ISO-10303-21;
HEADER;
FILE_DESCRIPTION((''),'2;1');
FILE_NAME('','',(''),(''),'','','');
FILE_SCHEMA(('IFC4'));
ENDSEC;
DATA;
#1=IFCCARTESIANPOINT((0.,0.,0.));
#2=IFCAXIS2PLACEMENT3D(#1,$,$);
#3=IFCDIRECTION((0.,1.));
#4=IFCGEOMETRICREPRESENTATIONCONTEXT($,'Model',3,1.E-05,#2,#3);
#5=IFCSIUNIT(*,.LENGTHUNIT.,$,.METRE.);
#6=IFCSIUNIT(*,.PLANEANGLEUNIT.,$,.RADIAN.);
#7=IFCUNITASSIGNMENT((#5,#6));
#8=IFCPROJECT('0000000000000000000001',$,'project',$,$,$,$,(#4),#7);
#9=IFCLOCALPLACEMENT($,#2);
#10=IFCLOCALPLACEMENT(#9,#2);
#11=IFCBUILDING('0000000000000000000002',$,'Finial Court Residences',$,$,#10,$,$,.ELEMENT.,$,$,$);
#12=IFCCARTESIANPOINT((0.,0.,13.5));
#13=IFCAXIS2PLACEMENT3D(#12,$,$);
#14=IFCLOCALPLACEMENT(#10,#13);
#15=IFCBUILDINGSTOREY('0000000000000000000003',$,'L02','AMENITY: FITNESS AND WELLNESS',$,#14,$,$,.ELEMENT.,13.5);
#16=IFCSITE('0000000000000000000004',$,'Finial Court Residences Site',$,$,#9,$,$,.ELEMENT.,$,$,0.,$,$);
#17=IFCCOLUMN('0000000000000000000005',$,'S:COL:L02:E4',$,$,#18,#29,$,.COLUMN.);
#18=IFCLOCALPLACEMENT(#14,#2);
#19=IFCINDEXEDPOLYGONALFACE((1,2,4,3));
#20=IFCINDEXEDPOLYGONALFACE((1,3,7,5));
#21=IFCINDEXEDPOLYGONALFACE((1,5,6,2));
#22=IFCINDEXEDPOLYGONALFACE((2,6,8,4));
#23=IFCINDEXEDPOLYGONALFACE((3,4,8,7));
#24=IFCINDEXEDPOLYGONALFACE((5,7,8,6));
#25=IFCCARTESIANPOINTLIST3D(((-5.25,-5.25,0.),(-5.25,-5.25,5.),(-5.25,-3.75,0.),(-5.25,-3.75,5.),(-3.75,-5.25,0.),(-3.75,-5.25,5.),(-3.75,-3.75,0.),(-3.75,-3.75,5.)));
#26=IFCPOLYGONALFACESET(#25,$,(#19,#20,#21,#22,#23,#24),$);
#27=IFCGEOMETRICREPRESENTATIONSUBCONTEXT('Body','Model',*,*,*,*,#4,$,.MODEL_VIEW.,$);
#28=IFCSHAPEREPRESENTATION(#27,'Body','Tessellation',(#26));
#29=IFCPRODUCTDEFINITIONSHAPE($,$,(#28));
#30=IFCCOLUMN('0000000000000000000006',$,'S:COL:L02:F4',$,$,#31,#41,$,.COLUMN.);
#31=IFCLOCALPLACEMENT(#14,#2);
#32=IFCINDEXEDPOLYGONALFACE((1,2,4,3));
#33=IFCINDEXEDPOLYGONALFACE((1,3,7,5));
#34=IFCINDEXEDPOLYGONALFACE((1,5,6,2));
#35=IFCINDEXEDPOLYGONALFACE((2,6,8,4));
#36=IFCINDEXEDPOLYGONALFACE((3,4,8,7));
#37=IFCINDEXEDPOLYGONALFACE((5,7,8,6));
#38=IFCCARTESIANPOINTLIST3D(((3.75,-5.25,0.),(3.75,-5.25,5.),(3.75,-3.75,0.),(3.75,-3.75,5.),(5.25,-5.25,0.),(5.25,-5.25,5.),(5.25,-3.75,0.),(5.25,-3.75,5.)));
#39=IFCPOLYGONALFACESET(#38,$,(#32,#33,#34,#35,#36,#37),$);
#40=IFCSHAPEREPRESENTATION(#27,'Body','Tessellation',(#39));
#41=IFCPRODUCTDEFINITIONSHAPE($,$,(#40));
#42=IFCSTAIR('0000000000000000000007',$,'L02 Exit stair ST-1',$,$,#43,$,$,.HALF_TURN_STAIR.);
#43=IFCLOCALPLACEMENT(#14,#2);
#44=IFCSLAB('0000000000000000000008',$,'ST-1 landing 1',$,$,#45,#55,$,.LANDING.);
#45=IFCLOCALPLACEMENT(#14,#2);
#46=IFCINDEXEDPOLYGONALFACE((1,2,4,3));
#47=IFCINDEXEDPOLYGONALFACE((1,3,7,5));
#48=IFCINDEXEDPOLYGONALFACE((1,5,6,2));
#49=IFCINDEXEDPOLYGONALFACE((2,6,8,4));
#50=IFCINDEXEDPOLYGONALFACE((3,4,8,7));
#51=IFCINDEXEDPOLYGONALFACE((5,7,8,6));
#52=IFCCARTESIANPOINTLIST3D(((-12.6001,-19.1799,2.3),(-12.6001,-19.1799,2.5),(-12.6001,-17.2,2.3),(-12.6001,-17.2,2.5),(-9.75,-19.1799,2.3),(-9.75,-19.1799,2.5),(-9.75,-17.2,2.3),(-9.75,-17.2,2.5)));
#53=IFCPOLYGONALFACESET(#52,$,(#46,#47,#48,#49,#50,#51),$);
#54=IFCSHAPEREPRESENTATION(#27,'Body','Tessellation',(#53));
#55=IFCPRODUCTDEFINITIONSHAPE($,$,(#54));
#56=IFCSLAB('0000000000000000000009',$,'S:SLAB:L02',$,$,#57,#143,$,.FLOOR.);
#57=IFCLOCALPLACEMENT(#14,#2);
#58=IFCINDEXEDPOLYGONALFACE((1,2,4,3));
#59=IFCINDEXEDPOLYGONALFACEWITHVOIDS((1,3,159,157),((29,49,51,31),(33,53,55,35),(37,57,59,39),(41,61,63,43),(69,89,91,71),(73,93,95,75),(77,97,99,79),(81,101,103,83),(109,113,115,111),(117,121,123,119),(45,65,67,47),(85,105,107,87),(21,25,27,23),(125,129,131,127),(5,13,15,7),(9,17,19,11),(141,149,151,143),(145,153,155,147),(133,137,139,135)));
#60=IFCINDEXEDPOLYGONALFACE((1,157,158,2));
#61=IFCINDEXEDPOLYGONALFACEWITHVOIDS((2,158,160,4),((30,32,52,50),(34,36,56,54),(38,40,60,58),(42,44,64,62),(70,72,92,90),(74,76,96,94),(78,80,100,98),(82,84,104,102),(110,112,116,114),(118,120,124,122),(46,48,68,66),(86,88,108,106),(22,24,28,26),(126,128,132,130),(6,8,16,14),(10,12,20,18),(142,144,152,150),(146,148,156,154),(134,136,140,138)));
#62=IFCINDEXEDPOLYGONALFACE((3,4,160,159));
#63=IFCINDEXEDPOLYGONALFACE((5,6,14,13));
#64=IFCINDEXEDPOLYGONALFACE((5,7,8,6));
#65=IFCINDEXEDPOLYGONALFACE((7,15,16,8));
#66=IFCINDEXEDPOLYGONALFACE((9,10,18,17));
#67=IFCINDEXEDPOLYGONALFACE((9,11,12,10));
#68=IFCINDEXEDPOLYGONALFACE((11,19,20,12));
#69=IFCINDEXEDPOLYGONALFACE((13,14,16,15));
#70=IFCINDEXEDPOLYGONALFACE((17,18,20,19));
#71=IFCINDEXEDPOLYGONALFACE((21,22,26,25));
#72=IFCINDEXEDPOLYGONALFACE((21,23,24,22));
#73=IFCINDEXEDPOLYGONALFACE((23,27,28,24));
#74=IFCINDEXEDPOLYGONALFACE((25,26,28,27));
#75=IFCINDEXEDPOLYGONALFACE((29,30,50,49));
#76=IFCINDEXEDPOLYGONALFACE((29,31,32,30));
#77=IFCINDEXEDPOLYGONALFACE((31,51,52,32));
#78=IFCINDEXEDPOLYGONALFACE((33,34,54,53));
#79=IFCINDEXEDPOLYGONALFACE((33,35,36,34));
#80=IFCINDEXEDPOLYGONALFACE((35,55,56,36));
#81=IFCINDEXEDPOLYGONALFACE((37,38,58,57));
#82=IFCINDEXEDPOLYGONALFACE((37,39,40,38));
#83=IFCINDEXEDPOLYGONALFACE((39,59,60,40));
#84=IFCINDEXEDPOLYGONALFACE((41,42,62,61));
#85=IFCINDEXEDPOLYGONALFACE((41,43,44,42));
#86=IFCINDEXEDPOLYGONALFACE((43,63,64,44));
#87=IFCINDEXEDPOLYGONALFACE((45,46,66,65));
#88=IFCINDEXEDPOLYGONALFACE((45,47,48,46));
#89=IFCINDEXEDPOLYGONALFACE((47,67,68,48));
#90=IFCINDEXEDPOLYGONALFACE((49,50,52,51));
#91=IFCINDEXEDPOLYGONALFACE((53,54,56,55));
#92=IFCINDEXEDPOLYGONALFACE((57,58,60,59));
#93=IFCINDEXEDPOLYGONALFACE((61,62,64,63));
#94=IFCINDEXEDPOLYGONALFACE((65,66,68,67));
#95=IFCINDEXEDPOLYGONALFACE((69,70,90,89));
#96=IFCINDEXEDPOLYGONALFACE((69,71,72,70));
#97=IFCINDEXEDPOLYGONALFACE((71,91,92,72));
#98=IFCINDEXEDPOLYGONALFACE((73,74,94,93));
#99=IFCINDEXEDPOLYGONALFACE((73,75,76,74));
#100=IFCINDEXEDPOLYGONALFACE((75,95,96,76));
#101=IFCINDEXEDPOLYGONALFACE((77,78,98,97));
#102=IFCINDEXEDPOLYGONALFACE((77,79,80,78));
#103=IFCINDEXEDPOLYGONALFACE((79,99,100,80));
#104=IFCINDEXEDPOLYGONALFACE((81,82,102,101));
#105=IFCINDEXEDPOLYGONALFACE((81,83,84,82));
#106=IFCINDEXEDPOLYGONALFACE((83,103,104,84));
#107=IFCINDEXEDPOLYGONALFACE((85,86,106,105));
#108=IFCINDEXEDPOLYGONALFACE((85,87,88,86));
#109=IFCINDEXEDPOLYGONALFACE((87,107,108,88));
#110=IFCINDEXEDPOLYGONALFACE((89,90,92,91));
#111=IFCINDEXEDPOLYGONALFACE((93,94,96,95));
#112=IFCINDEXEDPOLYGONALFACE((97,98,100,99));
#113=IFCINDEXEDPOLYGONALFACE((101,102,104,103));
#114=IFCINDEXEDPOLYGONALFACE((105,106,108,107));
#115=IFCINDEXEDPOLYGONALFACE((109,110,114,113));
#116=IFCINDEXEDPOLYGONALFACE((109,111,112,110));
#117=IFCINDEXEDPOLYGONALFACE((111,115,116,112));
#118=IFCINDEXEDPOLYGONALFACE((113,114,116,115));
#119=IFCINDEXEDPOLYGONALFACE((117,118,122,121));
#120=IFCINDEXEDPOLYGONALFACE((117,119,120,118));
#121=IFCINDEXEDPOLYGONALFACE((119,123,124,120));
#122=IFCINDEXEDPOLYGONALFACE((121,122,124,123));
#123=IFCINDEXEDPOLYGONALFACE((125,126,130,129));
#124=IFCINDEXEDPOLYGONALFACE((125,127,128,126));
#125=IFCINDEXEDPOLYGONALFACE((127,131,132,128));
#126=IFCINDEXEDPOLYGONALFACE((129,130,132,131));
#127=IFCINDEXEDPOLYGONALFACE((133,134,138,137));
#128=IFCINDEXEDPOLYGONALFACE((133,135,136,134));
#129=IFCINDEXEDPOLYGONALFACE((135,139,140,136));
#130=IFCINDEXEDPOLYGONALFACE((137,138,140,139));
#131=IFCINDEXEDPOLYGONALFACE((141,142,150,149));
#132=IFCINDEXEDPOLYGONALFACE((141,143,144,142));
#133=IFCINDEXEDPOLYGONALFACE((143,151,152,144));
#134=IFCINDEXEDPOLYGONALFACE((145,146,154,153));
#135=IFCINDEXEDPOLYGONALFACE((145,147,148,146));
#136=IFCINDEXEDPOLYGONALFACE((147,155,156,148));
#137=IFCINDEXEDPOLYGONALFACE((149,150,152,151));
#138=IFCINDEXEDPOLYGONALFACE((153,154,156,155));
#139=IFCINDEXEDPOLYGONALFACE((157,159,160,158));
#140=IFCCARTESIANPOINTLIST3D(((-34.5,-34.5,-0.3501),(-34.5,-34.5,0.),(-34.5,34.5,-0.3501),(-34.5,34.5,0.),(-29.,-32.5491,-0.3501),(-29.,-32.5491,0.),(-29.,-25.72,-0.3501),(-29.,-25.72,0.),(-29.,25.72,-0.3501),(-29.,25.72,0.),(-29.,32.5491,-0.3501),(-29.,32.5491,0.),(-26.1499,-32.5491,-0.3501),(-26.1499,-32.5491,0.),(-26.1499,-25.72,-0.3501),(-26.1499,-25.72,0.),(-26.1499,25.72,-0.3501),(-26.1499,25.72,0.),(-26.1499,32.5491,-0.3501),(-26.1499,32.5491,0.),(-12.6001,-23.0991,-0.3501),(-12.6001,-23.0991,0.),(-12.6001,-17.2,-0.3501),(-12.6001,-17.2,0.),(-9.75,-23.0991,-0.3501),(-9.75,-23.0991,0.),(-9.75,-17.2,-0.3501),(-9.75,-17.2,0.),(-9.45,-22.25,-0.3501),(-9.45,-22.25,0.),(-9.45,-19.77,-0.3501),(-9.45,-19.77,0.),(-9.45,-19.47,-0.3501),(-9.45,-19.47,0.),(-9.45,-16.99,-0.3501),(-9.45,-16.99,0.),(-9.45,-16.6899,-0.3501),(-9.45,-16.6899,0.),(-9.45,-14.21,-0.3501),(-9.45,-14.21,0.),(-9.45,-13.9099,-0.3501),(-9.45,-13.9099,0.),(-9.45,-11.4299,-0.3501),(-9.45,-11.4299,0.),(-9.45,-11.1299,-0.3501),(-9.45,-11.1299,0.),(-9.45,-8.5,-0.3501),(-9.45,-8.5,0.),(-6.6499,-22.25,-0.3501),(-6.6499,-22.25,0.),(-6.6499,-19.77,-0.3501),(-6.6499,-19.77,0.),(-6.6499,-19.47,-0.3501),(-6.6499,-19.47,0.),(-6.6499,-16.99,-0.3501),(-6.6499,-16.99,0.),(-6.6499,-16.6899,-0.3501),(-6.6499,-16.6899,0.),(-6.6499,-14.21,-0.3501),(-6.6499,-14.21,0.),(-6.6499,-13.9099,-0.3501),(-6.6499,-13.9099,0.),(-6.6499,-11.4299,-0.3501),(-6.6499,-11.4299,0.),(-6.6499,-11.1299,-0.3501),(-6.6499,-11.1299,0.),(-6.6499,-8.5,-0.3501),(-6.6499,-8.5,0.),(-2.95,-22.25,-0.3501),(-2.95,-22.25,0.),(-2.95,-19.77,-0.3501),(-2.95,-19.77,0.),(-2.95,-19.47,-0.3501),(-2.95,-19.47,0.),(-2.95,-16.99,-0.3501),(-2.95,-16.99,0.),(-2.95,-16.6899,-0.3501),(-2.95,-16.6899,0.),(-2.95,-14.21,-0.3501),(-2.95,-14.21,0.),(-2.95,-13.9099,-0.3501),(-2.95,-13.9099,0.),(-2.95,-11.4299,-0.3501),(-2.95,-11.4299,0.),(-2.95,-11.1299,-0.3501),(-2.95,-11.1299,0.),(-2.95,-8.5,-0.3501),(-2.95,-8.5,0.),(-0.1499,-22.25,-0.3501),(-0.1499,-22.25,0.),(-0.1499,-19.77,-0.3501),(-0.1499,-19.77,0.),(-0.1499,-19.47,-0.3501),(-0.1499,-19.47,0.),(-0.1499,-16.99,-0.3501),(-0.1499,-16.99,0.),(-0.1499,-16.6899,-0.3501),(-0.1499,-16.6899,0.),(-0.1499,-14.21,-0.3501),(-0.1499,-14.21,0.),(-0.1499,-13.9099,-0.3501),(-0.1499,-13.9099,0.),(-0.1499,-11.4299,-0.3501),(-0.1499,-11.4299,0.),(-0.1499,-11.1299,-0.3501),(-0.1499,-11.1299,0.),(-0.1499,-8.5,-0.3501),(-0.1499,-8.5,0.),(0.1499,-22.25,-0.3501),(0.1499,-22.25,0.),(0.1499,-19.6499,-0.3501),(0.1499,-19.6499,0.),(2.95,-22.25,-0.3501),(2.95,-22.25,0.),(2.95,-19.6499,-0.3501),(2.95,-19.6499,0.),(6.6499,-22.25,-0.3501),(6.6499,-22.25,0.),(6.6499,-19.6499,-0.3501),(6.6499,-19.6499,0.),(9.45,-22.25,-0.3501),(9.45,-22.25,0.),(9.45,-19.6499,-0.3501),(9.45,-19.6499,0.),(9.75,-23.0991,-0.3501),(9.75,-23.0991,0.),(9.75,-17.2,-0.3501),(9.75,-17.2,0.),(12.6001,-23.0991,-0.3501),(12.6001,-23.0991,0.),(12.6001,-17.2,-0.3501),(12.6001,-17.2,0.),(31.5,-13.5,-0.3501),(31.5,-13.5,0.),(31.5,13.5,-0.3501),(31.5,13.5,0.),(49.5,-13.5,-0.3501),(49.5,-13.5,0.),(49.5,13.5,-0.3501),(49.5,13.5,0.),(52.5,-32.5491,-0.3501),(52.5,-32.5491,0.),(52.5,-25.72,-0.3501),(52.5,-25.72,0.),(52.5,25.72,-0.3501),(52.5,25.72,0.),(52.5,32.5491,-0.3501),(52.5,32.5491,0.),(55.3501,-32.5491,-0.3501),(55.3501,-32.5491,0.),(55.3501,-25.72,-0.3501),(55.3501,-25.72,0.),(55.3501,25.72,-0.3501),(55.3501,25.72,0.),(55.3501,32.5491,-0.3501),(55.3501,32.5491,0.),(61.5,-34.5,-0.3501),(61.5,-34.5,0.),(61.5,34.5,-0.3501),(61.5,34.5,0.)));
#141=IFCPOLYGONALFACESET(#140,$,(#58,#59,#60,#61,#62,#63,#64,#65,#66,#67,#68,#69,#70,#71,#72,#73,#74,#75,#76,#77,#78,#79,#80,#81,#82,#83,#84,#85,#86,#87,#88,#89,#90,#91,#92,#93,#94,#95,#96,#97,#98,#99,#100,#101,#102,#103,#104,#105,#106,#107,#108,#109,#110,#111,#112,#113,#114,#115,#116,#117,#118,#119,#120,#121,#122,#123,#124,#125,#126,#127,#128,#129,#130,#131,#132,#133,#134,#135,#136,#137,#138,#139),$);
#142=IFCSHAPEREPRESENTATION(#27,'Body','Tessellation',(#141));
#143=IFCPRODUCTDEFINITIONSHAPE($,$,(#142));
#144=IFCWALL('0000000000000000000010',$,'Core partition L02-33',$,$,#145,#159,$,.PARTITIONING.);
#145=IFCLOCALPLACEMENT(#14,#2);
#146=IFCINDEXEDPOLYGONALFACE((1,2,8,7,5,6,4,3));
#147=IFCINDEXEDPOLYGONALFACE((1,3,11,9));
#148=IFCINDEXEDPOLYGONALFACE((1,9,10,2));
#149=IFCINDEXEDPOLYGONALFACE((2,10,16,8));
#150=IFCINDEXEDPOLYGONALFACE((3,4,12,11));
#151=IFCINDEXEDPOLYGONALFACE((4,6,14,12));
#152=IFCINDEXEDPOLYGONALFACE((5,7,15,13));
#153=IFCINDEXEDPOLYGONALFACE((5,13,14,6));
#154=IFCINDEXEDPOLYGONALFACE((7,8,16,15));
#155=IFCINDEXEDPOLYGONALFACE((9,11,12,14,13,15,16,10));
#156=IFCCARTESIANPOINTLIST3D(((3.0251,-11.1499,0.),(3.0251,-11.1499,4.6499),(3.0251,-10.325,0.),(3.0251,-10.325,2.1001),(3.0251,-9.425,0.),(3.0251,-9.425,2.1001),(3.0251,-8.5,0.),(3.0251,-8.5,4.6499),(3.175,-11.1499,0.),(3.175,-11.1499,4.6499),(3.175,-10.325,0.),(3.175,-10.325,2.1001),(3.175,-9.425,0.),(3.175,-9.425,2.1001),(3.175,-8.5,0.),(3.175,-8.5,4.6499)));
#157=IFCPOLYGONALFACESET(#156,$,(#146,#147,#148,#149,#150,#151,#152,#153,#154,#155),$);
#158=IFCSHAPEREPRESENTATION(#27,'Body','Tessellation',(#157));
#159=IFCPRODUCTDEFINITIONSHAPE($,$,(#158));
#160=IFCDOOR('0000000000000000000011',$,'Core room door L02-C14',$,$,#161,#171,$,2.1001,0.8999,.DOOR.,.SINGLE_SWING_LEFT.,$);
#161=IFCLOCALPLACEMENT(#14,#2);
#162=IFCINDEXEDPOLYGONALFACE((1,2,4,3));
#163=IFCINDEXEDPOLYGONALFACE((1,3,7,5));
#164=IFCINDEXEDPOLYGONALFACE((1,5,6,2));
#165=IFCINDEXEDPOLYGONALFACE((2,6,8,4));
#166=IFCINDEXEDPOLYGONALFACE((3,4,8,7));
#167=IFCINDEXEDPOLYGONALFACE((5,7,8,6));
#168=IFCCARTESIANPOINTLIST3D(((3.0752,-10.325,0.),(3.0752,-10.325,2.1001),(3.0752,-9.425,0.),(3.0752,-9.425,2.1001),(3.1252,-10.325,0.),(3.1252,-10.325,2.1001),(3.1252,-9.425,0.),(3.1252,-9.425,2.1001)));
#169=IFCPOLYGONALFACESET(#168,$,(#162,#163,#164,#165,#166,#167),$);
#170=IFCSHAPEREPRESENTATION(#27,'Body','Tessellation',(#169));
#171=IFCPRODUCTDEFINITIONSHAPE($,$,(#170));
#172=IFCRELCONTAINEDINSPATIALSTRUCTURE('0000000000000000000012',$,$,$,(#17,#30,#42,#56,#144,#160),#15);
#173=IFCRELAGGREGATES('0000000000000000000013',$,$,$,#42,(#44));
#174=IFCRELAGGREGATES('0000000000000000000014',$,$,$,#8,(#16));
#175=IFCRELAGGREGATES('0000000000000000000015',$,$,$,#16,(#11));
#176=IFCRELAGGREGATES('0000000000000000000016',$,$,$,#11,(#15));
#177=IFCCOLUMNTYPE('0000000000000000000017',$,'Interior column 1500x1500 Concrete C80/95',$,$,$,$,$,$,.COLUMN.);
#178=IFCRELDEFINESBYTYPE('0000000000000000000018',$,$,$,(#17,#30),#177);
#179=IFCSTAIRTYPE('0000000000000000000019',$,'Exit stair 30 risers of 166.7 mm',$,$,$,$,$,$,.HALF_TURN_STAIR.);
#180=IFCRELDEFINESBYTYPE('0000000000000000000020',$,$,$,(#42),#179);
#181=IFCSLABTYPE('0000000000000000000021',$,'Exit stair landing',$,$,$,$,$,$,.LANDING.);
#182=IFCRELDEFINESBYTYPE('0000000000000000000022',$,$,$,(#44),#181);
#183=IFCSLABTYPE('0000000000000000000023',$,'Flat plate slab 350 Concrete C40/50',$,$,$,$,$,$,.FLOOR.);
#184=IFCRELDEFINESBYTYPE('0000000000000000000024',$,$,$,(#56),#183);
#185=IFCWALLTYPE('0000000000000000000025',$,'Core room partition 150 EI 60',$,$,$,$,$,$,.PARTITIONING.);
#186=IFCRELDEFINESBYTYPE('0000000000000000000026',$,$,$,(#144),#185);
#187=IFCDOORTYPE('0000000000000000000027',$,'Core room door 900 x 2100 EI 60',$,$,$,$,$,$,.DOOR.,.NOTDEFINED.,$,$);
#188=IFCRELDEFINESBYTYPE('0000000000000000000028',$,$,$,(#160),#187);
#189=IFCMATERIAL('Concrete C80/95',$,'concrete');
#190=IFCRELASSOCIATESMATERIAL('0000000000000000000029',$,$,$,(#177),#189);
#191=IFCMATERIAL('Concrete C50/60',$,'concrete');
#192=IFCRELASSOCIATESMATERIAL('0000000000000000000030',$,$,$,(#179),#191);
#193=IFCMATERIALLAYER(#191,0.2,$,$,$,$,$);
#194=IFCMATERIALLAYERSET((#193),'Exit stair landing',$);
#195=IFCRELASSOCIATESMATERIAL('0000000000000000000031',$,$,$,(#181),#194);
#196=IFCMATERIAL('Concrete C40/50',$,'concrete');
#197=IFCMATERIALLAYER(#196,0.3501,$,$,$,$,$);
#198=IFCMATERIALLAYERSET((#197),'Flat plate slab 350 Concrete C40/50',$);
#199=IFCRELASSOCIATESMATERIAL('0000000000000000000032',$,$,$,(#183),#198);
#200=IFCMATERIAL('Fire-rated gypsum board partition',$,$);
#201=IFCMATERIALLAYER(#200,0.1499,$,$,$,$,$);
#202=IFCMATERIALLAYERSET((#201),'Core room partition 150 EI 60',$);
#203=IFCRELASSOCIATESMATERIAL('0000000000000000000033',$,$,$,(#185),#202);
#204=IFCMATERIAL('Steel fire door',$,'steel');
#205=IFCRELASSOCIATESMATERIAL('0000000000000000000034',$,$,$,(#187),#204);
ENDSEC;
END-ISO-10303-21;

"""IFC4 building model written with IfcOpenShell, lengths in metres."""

from ifc_helpers import new_model, si_unit, direction, frame, frame_2d, origin, origin_2d, place, context, subcontext, project, spatial, polyline, rectangle, outline, extrude, material, layer, layer_set, material_profile, profile_set, type_object, element, fill, aggregate, save


model = new_model("IFC4")

# Units and contexts
model_context = context("Model", 3, precision=1e-05, world=origin(), true_north=direction((0.0, 1.0)))
body_context = subcontext(model_context, "Body", "Model", "MODEL_VIEW")
ifc_project = project(units=[si_unit("LENGTHUNIT", "METRE"), si_unit("PLANEANGLEUNIT", "RADIAN")], contexts=[model_context])

# Site, building, storey
site_placement = place(None, origin())
site = spatial("IfcSite", under=ifc_project, at=site_placement, Name="Finial Court Residences Site", CompositionType="ELEMENT", RefElevation=0.0)
building_placement = place(site_placement, origin())
building = spatial("IfcBuilding", under=site, at=building_placement, Name="Finial Court Residences", CompositionType="ELEMENT")
storey_placement = place(building_placement, frame((0.0, 0.0, 13.5)))
storey = spatial("IfcBuildingStorey", under=building, at=storey_placement, Name="L02", Description="AMENITY: FITNESS AND WELLNESS", CompositionType="ELEMENT", Elevation=13.5)

# Columns
ifc_material_1 = material(Name="Concrete C80/95", Category="concrete")
ifc_material_profile = material_profile(ifc_material_1, rectangle(XDim=1.5, YDim=1.5, at=origin_2d()), Name="1500x1500")
ifc_profile_set = profile_set([ifc_material_profile], Name="Concrete C80/95")
column_type = type_object("IfcColumnType", Name="Interior column 1500x1500 Concrete C80/95", PredefinedType="COLUMN", material=ifc_profile_set)
for number, where, z_axis, x_axis, name in (
    (1, (-4.5, -4.5, 0.0), (0.0, 0.0, 1.0), (1.0, 0.0, 0.0), "S:COL:L02:E4"),
    (2, (4.5, -4.5, 0.0), (0.0, 0.0, 1.0), (1.0, 0.0, 0.0), "S:COL:L02:F4"),
):
    element("IfcColumn", number, at=place(storey_placement, frame(where, z_axis=z_axis, x_axis=x_axis)), inside=storey, type_object=column_type, Name=name, PredefinedType="COLUMN", context=body_context, shape_type="SweptSolid", body=[
        extrude(rectangle(XDim=1.5, YDim=1.5, at=origin_2d()), origin(), (0.0, 0.0, 1.0), 5.0),
    ])

# Stair, slab
ifc_material_2 = material(Name="Concrete C50/60", Category="concrete")
stair_type = type_object("IfcStairType", Name="Exit stair 30 risers of 166.7 mm", PredefinedType="HALF_TURN_STAIR", material=ifc_material_2)
stair_placement = place(storey_placement, origin())
stair = element("IfcStair", 3, at=stair_placement, inside=storey, type_object=stair_type, Name="L02 Exit stair ST-1", PredefinedType="HALF_TURN_STAIR")
ifc_layer_1 = layer(ifc_material_2, 0.2)
ifc_layer_set_1 = layer_set([ifc_layer_1], Name="Exit stair landing")
slab_type_1 = type_object("IfcSlabType", Name="Exit stair landing", PredefinedType="LANDING", material=ifc_layer_set_1)
slab_1_placement = place(storey_placement, frame((0.0, 0.0, 2.3)))
slab_1 = element("IfcSlab", 4, at=slab_1_placement, type_object=slab_type_1, Name="ST-1 landing 1", PredefinedType="LANDING", context=body_context, shape_type="SweptSolid", body=[
    extrude(outline(polyline([(-9.75, -19.1799), (-9.75, -17.2), (-12.6001, -17.2), (-12.6001, -19.1799), (-9.75, -19.1799)])), origin(), (0.0, 0.0, 1.0), 0.2),
])
aggregate(stair, [slab_1])

# Slab
ifc_material_3 = material(Name="Concrete C40/50", Category="concrete")
ifc_layer_2 = layer(ifc_material_3, 0.3501)
ifc_layer_set_2 = layer_set([ifc_layer_2], Name="Flat plate slab 350 Concrete C40/50")
slab_type_2 = type_object("IfcSlabType", Name="Flat plate slab 350 Concrete C40/50", PredefinedType="FLOOR", material=ifc_layer_set_2)
slab_2_placement = place(storey_placement, frame((0.0, 0.0, -0.3501)))
element("IfcSlab", 5, at=slab_2_placement, inside=storey, type_object=slab_type_2, Name="S:SLAB:L02", PredefinedType="FLOOR", context=body_context, shape_type="SweptSolid", body=[
    extrude(outline(polyline([(-34.5, 34.5), (61.5, 34.5), (61.5, -34.5), (-34.5, -34.5), (-34.5, 34.5)]), holes=[polyline([(31.5, 13.5), (31.5, -13.5), (49.5, -13.5), (49.5, 13.5), (31.5, 13.5)]), polyline([(-26.1499, -25.72), (-29.0, -25.72), (-29.0, -32.5491), (-26.1499, -32.5491), (-26.1499, -25.72)]), polyline([(-6.6499, -22.25), (-6.6499, -19.77), (-9.45, -19.77), (-9.45, -22.25), (-6.6499, -22.25)]), polyline([(-9.75, -17.2), (-12.6001, -17.2), (-12.6001, -23.0991), (-9.75, -23.0991), (-9.75, -17.2)]), polyline([(-6.6499, -19.47), (-6.6499, -16.99), (-9.45, -16.99), (-9.45, -19.47), (-6.6499, -19.47)]), polyline([(-6.6499, -16.6899), (-6.6499, -14.21), (-9.45, -14.21), (-9.45, -16.6899), (-6.6499, -16.6899)]), polyline([(-0.1499, -16.6899), (-0.1499, -14.21), (-2.95, -14.21), (-2.95, -16.6899), (-0.1499, -16.6899)]), polyline([(-6.6499, -13.9099), (-6.6499, -11.4299), (-9.45, -11.4299), (-9.45, -13.9099), (-6.6499, -13.9099)]), polyline([(-9.45, -11.1299), (-6.6499, -11.1299), (-6.6499, -8.5), (-9.45, -8.5), (-9.45, -11.1299)]), polyline([(-26.1499, 25.72), (-26.1499, 32.5491), (-29.0, 32.5491), (-29.0, 25.72), (-26.1499, 25.72)]), polyline([(55.3501, -25.72), (52.5, -25.72), (52.5, -32.5491), (55.3501, -32.5491), (55.3501, -25.72)]), polyline([(-0.1499, -22.25), (-0.1499, -19.77), (-2.95, -19.77), (-2.95, -22.25), (-0.1499, -22.25)]), polyline([(2.95, -22.25), (2.95, -19.6499), (0.1499, -19.6499), (0.1499, -22.25), (2.95, -22.25)]), polyline([(9.45, -22.25), (9.45, -19.6499), (6.6499, -19.6499), (6.6499, -22.25), (9.45, -22.25)]), polyline([(12.6001, -17.2), (9.75, -17.2), (9.75, -23.0991), (12.6001, -23.0991), (12.6001, -17.2)]), polyline([(-0.1499, -19.47), (-0.1499, -16.99), (-2.95, -16.99), (-2.95, -19.47), (-0.1499, -19.47)]), polyline([(-0.1499, -13.9099), (-0.1499, -11.4299), (-2.95, -11.4299), (-2.95, -13.9099), (-0.1499, -13.9099)]), polyline([(-2.95, -11.1299), (-0.1499, -11.1299), (-0.1499, -8.5), (-2.95, -8.5), (-2.95, -11.1299)]), polyline([(55.3501, 25.72), (55.3501, 32.5491), (52.5, 32.5491), (52.5, 25.72), (55.3501, 25.72)])]), origin(), (0.0, 0.0, 1.0), 0.3501),
])

# Wall, opening, door
ifc_material_4 = material(Name="Fire-rated gypsum board partition")
ifc_layer_3 = layer(ifc_material_4, 0.1499)
ifc_layer_set_3 = layer_set([ifc_layer_3], Name="Core room partition 150 EI 60")
wall_type_1 = type_object("IfcWallType", Name="Core room partition 150 EI 60", PredefinedType="PARTITIONING", material=ifc_layer_set_3)
wall_1_placement = place(storey_placement, frame((3.1001, -11.1499, 0.0), z_axis=(0.0, 0.0, 1.0), x_axis=(0.0, 1.0, 0.0)))
wall_1 = element("IfcWall", 6, at=wall_1_placement, inside=storey, type_object=wall_type_1, Name="Core partition L02-33", PredefinedType="PARTITIONING", context=body_context, shape_type="SweptSolid", body=[
    extrude(rectangle(XDim=2.6499, YDim=0.1499, at=frame_2d((1.325, 0.0))), origin(), (0.0, 0.0, 1.0), 4.6499),
])
opening_1_placement = place(wall_1_placement, frame((0.825, 0.0, 0.0)))
opening_1 = element("IfcOpeningElement", 7, at=opening_1_placement, cuts=wall_1, PredefinedType="OPENING", context=body_context, shape_type="SweptSolid", body=[
    extrude(rectangle(XDim=0.8999, YDim=2.1001, at=frame_2d((0.45, 1.05))), frame((0.0, 0.085, 0.0), z_axis=(0.0, -1.0, 0.0), x_axis=(1.0, 0.0, 0.0)), (0.0, 0.0, 1.0), 0.1699),
])
ifc_material_5 = material(Name="Steel fire door", Category="steel")
door_type_1 = type_object("IfcDoorType", Name="Core room door 900 x 2100 EI 60", OperationType="NOTDEFINED", PredefinedType="DOOR", material=ifc_material_5)
door_1_placement = place(opening_1_placement, origin())
door_1 = element("IfcDoor", 8, at=door_1_placement, inside=storey, type_object=door_type_1, Name="Core room door L02-C14", OperationType="SINGLE_SWING_LEFT", OverallHeight=2.1001, OverallWidth=0.8999, PredefinedType="DOOR", context=body_context, shape_type="SweptSolid", body=[
    extrude(rectangle(XDim=0.8999, YDim=2.1001, at=frame_2d((0.45, 1.05))), frame((0.0, 0.0249, 0.0), z_axis=(0.0, -1.0, 0.0), x_axis=(1.0, 0.0, 0.0)), (0.0, 0.0, 1.0), 0.05),
])
fill(opening_1, door_1)

save(model, "model.ifc")
